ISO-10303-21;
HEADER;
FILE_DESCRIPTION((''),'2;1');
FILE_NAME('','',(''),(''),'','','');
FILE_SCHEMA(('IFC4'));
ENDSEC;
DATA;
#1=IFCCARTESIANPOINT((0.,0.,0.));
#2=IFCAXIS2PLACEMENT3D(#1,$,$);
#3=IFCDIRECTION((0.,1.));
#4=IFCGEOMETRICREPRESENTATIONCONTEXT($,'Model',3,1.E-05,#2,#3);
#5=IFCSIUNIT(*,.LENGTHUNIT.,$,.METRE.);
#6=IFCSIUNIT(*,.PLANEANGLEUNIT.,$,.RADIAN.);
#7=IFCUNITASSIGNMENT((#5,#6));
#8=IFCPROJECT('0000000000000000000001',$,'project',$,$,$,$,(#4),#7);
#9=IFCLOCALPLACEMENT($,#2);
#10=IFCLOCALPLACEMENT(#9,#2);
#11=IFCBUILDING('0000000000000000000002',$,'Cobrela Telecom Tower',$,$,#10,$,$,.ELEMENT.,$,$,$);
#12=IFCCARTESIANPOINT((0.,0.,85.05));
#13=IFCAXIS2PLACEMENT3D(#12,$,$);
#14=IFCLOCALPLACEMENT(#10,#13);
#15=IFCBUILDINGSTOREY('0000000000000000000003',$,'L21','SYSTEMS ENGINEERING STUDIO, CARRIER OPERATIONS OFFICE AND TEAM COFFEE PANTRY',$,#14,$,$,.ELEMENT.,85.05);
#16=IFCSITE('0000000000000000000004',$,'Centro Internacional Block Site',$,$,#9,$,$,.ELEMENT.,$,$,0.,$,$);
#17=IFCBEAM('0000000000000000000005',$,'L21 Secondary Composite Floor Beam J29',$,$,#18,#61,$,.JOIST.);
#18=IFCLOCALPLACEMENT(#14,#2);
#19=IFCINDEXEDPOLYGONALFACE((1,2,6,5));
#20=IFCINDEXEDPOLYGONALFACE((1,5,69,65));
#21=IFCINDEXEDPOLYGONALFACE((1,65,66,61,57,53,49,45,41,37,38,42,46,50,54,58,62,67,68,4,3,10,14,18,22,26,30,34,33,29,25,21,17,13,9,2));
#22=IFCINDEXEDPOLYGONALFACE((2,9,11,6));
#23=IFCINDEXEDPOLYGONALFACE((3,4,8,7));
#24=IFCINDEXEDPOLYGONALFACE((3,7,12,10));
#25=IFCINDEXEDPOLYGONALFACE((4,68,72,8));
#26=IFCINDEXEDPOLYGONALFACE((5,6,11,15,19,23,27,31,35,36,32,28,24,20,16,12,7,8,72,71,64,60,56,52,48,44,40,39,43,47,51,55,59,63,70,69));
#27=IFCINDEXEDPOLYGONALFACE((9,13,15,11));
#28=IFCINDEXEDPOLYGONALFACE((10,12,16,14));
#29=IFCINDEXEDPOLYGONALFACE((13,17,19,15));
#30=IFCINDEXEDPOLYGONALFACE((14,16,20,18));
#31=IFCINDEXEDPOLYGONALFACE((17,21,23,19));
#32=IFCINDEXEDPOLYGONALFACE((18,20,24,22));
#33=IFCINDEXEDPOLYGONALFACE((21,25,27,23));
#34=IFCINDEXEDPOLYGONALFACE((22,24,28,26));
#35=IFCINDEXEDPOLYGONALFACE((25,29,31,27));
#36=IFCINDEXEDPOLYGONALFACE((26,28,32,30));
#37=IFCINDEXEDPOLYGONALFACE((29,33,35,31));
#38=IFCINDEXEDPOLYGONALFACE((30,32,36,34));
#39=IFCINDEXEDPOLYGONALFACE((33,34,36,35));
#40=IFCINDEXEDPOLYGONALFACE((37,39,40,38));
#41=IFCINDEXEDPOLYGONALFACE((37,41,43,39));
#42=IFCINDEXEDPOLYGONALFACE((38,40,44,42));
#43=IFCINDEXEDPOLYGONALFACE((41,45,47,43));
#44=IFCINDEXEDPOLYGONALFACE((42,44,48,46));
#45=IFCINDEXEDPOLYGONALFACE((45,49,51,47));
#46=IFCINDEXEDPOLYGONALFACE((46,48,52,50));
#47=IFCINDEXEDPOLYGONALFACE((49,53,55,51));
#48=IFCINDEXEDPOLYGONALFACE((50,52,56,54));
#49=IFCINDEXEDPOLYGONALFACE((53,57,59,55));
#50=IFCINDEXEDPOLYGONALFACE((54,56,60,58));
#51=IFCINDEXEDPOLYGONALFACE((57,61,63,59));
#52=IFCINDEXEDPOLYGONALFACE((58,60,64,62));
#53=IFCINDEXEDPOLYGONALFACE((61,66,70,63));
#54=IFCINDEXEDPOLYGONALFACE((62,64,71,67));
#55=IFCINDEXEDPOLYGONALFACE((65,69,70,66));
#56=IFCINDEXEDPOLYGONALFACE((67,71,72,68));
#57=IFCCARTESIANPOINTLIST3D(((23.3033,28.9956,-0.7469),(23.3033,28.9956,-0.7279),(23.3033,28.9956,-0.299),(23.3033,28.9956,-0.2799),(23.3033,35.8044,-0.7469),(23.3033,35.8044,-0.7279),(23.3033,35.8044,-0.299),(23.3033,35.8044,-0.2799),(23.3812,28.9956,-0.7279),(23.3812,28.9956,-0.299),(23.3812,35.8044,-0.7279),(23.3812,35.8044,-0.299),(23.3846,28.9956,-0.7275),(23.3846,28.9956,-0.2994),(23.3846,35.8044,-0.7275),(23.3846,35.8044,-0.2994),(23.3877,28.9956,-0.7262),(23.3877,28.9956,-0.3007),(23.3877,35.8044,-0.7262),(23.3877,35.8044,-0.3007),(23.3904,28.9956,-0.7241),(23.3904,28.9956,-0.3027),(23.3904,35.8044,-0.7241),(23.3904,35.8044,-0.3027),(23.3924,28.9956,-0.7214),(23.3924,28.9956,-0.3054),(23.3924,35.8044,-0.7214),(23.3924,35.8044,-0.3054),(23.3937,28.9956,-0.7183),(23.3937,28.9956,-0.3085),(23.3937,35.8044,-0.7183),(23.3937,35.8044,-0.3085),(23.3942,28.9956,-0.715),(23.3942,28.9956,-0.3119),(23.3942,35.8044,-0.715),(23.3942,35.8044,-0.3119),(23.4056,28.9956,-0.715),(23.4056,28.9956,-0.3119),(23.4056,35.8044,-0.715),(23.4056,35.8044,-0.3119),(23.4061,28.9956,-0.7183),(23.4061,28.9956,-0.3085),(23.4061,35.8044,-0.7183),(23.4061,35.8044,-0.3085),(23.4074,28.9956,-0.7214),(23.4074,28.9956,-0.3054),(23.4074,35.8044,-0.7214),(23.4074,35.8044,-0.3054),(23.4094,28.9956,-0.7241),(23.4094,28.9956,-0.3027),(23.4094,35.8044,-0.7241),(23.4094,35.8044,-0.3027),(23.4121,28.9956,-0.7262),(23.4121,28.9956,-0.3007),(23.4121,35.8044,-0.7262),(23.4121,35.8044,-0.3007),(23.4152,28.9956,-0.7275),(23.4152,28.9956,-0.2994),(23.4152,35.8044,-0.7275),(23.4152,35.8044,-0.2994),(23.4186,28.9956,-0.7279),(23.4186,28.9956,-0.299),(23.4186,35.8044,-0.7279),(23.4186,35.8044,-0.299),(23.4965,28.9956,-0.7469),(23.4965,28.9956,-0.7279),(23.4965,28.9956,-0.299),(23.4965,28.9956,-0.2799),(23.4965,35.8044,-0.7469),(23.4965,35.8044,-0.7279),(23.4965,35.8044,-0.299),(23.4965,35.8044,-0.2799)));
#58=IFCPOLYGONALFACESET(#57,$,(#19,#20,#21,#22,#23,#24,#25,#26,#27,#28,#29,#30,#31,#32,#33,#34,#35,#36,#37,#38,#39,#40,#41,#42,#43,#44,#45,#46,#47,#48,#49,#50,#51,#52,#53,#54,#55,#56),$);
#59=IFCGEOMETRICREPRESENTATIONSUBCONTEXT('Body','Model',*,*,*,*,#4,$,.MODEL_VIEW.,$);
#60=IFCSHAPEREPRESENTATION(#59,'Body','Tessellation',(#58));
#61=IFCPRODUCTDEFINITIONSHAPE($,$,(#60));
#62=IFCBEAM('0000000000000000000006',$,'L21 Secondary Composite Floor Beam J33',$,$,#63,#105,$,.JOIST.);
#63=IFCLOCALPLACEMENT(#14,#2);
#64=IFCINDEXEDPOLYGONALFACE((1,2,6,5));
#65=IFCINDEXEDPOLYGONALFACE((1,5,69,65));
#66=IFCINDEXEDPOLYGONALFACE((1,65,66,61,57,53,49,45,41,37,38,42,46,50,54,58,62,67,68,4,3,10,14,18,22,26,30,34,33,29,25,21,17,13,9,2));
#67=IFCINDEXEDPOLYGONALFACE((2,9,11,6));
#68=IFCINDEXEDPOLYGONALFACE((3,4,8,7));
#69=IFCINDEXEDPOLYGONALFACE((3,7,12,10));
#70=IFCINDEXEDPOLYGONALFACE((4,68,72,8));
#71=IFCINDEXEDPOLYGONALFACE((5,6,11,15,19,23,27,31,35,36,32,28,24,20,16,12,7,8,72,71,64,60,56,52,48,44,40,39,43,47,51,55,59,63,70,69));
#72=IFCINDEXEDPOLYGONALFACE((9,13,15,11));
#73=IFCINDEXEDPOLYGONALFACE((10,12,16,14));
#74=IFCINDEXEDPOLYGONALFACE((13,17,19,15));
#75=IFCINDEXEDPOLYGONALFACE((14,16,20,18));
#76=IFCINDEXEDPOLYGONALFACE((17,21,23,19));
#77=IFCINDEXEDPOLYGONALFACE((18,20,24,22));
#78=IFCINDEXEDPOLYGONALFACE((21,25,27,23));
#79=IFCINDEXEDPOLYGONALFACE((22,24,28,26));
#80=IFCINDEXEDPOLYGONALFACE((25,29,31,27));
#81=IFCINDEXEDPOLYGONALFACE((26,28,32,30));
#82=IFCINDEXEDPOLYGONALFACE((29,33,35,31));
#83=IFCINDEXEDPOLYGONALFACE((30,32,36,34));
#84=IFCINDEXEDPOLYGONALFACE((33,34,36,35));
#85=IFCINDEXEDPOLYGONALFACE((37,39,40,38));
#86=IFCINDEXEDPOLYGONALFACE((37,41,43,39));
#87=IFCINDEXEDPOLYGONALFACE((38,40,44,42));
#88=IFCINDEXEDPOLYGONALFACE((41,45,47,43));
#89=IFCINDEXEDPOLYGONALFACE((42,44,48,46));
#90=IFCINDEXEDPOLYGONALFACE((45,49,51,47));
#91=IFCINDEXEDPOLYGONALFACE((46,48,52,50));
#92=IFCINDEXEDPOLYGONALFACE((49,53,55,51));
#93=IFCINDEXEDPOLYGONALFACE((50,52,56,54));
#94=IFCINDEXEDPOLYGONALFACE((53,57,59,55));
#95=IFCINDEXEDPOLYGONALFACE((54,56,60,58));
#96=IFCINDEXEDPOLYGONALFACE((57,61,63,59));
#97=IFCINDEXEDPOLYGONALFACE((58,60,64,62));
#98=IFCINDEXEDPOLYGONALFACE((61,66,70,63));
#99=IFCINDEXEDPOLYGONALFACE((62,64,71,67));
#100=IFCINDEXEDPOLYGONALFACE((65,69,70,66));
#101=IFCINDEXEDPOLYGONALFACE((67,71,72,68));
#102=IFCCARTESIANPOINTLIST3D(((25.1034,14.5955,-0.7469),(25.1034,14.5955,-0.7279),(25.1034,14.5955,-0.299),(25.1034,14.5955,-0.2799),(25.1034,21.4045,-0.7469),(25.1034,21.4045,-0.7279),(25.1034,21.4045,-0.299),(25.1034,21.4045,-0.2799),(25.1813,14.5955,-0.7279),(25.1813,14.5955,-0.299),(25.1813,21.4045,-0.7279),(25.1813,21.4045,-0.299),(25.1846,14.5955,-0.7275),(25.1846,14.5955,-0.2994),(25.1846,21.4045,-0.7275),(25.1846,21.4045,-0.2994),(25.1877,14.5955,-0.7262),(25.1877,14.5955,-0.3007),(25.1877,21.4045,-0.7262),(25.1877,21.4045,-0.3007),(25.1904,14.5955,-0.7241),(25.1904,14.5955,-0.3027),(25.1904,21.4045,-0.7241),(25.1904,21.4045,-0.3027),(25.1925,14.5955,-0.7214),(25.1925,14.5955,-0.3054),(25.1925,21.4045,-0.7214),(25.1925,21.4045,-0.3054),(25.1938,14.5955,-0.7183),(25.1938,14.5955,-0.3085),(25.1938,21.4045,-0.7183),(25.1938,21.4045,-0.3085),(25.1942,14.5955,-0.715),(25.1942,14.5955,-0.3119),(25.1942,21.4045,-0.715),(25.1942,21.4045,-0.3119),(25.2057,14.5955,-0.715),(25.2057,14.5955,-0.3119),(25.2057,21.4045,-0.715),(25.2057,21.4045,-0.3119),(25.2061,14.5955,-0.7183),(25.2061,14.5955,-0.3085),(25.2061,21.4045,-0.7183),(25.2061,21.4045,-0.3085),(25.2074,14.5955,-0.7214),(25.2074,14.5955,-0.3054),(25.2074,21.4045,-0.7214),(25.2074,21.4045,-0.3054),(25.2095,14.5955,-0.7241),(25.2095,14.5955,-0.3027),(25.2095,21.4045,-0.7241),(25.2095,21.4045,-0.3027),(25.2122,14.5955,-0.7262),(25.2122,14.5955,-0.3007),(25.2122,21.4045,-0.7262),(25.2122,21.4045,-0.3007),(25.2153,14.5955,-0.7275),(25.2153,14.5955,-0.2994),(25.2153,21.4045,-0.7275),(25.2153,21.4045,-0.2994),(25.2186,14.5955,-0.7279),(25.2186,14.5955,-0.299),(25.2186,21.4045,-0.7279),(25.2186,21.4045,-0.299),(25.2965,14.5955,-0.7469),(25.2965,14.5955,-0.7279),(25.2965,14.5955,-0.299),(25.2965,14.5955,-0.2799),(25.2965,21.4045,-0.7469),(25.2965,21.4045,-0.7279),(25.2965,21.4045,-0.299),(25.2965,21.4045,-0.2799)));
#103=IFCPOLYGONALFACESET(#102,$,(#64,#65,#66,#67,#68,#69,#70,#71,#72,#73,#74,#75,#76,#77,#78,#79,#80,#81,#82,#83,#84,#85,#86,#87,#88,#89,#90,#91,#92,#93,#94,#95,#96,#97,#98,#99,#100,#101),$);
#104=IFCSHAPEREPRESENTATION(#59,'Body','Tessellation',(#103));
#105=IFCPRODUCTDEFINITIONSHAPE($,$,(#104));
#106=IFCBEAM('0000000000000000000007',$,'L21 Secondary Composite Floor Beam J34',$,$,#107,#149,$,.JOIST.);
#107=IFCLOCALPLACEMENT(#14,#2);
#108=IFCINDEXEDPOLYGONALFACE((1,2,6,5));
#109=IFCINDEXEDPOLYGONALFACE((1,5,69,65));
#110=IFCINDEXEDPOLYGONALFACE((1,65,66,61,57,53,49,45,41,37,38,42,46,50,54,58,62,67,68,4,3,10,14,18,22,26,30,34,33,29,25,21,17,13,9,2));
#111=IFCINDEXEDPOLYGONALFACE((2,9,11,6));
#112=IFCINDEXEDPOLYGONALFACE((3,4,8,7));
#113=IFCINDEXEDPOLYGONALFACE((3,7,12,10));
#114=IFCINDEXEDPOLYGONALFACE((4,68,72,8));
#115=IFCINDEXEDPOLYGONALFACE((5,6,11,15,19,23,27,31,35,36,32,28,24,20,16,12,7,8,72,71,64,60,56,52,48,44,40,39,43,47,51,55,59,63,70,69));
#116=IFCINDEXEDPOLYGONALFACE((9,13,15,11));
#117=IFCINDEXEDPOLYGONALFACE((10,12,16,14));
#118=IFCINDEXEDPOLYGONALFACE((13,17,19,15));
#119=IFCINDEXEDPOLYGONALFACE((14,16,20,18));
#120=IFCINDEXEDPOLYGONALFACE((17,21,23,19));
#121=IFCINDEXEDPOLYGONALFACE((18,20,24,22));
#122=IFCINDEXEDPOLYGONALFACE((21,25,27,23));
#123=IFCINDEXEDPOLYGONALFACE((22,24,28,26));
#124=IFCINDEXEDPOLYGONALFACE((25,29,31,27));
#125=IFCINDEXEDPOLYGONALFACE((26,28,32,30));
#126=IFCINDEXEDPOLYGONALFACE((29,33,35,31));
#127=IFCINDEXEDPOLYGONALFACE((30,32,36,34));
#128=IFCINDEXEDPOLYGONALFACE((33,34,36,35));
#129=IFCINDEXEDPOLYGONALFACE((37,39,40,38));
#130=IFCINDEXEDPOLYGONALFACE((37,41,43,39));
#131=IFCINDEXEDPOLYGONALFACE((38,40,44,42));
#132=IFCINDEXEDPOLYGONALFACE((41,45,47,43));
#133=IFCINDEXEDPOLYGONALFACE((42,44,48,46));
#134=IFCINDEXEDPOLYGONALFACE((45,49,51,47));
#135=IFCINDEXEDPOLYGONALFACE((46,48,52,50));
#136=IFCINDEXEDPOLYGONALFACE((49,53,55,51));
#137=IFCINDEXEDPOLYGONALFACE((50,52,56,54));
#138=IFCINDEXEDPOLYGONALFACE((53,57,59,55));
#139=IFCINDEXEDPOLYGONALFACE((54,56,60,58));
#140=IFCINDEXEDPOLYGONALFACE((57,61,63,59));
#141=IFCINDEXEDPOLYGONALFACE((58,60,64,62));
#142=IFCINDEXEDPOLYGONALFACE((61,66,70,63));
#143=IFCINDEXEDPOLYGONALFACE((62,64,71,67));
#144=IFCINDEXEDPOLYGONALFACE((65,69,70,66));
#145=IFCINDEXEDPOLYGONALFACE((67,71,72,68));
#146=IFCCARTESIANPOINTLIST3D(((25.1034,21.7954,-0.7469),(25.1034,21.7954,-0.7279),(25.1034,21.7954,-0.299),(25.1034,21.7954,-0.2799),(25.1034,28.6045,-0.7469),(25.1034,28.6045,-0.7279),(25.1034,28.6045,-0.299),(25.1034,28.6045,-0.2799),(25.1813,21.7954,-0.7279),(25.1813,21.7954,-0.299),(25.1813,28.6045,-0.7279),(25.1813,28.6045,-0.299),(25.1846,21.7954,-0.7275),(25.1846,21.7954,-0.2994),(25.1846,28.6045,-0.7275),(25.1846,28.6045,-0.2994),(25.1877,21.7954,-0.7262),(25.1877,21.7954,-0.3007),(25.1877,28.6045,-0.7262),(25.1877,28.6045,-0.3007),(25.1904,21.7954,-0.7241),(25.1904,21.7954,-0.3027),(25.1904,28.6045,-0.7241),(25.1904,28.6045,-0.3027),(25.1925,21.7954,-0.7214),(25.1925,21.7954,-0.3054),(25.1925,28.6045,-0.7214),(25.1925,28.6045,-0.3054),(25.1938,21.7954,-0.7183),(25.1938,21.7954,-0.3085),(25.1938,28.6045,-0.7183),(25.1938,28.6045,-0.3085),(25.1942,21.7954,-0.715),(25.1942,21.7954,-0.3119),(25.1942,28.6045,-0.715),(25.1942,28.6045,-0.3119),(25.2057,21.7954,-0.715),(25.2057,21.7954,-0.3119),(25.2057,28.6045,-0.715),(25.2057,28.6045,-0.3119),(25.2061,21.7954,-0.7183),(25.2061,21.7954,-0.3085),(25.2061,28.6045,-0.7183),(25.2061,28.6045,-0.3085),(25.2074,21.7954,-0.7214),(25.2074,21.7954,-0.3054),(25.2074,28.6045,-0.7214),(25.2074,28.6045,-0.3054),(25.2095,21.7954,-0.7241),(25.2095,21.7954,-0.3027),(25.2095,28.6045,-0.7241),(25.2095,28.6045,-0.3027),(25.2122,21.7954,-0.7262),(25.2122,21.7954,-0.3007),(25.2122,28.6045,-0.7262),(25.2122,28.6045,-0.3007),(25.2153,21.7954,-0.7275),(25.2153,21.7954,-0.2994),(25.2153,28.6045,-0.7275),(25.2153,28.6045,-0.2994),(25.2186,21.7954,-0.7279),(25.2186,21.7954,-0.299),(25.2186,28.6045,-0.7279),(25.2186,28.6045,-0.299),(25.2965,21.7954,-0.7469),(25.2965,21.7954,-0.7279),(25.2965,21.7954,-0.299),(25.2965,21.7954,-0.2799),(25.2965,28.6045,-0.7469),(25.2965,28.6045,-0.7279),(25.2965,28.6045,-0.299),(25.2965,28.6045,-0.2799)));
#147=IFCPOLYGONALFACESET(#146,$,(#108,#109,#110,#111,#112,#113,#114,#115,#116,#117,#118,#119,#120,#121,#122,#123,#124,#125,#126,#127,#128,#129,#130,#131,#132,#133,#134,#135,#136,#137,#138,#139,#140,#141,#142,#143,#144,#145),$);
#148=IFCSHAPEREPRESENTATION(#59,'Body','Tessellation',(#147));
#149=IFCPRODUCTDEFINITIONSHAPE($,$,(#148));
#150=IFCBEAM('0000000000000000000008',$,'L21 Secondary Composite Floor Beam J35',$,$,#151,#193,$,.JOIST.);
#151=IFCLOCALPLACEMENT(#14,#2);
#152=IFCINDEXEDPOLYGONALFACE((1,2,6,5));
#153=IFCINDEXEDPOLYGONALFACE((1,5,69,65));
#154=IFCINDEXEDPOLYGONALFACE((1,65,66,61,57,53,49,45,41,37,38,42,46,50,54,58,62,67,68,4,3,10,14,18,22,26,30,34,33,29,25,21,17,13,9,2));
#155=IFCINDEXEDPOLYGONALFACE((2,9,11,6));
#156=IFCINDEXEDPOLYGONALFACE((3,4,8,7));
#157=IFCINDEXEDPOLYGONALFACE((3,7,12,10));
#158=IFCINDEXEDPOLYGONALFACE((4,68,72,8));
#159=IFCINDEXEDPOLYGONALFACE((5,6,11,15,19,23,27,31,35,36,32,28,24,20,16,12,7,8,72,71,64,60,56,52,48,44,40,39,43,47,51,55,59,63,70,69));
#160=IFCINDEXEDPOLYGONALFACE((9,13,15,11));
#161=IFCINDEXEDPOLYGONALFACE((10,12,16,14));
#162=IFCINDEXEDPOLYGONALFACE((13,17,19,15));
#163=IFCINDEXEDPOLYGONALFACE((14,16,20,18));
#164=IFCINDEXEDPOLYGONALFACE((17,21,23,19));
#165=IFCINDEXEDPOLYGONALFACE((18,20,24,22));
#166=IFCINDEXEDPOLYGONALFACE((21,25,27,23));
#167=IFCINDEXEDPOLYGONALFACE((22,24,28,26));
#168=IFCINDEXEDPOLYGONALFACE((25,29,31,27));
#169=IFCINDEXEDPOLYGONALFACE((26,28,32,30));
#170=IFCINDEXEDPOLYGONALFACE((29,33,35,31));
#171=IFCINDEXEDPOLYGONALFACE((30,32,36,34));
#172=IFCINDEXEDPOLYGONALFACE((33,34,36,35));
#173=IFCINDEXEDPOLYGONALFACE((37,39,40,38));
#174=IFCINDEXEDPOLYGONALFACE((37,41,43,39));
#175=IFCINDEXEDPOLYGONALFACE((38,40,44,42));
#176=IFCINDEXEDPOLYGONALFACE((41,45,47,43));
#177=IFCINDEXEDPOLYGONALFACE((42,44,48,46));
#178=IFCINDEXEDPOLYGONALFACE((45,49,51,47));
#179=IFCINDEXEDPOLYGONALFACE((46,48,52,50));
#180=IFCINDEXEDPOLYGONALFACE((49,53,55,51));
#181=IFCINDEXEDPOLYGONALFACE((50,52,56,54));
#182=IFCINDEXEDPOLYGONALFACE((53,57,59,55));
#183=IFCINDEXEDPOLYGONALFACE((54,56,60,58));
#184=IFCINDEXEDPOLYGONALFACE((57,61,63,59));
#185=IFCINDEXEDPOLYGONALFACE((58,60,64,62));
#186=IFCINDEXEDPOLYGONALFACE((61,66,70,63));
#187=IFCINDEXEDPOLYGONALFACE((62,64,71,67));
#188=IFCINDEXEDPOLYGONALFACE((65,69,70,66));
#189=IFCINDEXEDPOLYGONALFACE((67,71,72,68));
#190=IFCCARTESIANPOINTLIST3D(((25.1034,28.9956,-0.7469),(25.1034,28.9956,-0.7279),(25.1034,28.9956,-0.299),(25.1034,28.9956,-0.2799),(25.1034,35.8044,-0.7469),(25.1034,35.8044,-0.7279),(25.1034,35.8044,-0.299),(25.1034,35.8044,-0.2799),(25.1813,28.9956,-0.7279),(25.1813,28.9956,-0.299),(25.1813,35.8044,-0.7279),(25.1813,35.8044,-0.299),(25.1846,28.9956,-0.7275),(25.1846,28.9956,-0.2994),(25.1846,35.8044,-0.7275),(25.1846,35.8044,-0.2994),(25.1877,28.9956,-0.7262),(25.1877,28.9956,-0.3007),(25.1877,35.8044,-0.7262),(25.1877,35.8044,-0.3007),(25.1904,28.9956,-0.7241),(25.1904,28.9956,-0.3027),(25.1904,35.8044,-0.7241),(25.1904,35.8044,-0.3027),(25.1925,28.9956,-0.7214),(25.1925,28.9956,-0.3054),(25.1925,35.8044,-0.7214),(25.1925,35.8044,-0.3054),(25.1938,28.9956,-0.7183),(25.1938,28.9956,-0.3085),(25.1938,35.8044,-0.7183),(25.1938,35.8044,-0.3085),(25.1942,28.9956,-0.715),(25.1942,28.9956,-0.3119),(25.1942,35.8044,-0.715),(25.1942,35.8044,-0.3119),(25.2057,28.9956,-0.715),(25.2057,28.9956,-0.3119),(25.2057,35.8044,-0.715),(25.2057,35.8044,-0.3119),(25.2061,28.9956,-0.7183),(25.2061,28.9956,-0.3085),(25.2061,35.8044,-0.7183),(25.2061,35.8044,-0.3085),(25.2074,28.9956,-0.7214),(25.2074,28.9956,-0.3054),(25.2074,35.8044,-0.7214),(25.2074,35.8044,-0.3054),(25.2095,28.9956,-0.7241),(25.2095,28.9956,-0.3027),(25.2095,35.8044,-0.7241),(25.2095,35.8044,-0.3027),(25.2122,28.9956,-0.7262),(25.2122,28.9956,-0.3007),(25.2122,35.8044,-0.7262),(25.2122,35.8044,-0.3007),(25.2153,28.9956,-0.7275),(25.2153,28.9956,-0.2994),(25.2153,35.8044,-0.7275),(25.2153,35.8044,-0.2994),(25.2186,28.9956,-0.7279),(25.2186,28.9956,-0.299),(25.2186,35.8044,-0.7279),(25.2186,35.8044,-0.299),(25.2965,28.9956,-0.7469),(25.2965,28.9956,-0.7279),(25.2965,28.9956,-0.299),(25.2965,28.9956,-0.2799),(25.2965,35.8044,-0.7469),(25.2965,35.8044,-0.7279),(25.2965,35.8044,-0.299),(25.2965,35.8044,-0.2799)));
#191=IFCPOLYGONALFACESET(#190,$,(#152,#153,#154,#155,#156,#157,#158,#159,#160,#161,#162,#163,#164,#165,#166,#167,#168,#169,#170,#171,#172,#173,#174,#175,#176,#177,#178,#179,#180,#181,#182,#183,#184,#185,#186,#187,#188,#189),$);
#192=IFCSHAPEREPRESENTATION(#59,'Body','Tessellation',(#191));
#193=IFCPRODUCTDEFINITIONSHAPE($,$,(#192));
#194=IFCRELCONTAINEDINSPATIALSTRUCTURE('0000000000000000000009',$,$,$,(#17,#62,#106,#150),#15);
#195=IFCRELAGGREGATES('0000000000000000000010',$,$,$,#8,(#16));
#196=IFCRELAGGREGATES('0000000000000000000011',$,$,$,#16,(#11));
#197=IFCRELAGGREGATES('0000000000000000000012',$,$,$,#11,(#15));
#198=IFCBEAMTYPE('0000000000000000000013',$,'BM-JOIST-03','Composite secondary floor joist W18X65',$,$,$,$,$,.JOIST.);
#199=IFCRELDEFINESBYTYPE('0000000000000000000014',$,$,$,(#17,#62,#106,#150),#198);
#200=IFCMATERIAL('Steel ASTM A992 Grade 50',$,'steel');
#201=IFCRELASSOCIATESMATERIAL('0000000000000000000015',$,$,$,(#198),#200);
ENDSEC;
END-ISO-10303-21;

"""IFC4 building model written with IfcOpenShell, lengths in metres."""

from ifc_helpers import new_model, si_unit, direction, frame, origin, origin_2d, place, context, subcontext, project, spatial, i_section, extrude, material, material_profile, profile_set, type_object, element, save


model = new_model("IFC4")

# Units and contexts
model_context = context("Model", 3, precision=1e-05, world=origin(), true_north=direction((0.0, 1.0)))
body_context = subcontext(model_context, "Body", "Model", "MODEL_VIEW")
ifc_project = project(units=[si_unit("LENGTHUNIT", "METRE"), si_unit("PLANEANGLEUNIT", "RADIAN")], contexts=[model_context])

# Site, building, storey
site_placement = place(None, origin())
site = spatial("IfcSite", under=ifc_project, at=site_placement, Name="Centro Internacional Block Site", CompositionType="ELEMENT", RefElevation=0.0)
building_placement = place(site_placement, origin())
building = spatial("IfcBuilding", under=site, at=building_placement, Name="Cobrela Telecom Tower", CompositionType="ELEMENT")
storey_placement = place(building_placement, frame((0.0, 0.0, 85.05)))
storey = spatial("IfcBuildingStorey", under=building, at=storey_placement, Name="L21", Description="SYSTEMS ENGINEERING STUDIO, CARRIER OPERATIONS OFFICE AND TEAM COFFEE PANTRY", CompositionType="ELEMENT", Elevation=85.05)

# Shared definitions
ifc_material_1 = material(Name="Steel ASTM A992 Grade 50", Category="steel")

# Beams
ifc_material_profile_1 = material_profile(ifc_material_1, i_section(OverallWidth=0.1931, OverallDepth=0.467, WebThickness=0.0115, FlangeThickness=0.019, FilletRadius=0.0129, at=origin_2d()), Name="W18X65")
ifc_profile_set_1 = profile_set([ifc_material_profile_1], Name="Steel ASTM A992 Grade 50")
beam_type_1 = type_object("IfcBeamType", Name="BM-JOIST-03", Description="Composite secondary floor joist W18X65", PredefinedType="JOIST", material=ifc_profile_set_1)
beam_1_placement = place(storey_placement, frame((23.3999, 28.9956, -0.5134), z_axis=(0.0, 1.0, 0.0), x_axis=(-1.0, 0.0, 0.0)))
element("IfcBeam", 1, at=beam_1_placement, inside=storey, type_object=beam_type_1, Name="L21 Secondary Composite Floor Beam J29", PredefinedType="JOIST", context=body_context, shape_type="SweptSolid", body=[
    extrude(i_section(OverallWidth=0.1931, OverallDepth=0.467, WebThickness=0.0115, FlangeThickness=0.019, FilletRadius=0.0129, at=origin_2d()), origin(), (0.0, 0.0, 1.0), 6.8088),
])
for number, where, z_axis, x_axis, name in (
    (2, (25.2, 14.5955, -0.5134), (0.0, 1.0, 0.0), (-1.0, 0.0, 0.0), "L21 Secondary Composite Floor Beam J33"),
    (3, (25.2, 21.7954, -0.5134), (0.0, 1.0, 0.0), (-1.0, 0.0, 0.0), "L21 Secondary Composite Floor Beam J34"),
):
    element("IfcBeam", number, at=place(storey_placement, frame(where, z_axis=z_axis, x_axis=x_axis)), inside=storey, type_object=beam_type_1, Name=name, PredefinedType="JOIST", context=body_context, shape_type="SweptSolid", body=[
        extrude(i_section(OverallWidth=0.1931, OverallDepth=0.467, WebThickness=0.0115, FlangeThickness=0.019, FilletRadius=0.0129, at=origin_2d()), origin(), (0.0, 0.0, 1.0), 6.8091),
    ])
beam_2_placement = place(storey_placement, frame((25.2, 28.9956, -0.5134), z_axis=(0.0, 1.0, 0.0), x_axis=(-1.0, 0.0, 0.0)))
element("IfcBeam", 4, at=beam_2_placement, inside=storey, type_object=beam_type_1, Name="L21 Secondary Composite Floor Beam J35", PredefinedType="JOIST", context=body_context, shape_type="SweptSolid", body=[
    extrude(i_section(OverallWidth=0.1931, OverallDepth=0.467, WebThickness=0.0115, FlangeThickness=0.019, FilletRadius=0.0129, at=origin_2d()), origin(), (0.0, 0.0, 1.0), 6.8088),
])

save(model, "model.ifc")
